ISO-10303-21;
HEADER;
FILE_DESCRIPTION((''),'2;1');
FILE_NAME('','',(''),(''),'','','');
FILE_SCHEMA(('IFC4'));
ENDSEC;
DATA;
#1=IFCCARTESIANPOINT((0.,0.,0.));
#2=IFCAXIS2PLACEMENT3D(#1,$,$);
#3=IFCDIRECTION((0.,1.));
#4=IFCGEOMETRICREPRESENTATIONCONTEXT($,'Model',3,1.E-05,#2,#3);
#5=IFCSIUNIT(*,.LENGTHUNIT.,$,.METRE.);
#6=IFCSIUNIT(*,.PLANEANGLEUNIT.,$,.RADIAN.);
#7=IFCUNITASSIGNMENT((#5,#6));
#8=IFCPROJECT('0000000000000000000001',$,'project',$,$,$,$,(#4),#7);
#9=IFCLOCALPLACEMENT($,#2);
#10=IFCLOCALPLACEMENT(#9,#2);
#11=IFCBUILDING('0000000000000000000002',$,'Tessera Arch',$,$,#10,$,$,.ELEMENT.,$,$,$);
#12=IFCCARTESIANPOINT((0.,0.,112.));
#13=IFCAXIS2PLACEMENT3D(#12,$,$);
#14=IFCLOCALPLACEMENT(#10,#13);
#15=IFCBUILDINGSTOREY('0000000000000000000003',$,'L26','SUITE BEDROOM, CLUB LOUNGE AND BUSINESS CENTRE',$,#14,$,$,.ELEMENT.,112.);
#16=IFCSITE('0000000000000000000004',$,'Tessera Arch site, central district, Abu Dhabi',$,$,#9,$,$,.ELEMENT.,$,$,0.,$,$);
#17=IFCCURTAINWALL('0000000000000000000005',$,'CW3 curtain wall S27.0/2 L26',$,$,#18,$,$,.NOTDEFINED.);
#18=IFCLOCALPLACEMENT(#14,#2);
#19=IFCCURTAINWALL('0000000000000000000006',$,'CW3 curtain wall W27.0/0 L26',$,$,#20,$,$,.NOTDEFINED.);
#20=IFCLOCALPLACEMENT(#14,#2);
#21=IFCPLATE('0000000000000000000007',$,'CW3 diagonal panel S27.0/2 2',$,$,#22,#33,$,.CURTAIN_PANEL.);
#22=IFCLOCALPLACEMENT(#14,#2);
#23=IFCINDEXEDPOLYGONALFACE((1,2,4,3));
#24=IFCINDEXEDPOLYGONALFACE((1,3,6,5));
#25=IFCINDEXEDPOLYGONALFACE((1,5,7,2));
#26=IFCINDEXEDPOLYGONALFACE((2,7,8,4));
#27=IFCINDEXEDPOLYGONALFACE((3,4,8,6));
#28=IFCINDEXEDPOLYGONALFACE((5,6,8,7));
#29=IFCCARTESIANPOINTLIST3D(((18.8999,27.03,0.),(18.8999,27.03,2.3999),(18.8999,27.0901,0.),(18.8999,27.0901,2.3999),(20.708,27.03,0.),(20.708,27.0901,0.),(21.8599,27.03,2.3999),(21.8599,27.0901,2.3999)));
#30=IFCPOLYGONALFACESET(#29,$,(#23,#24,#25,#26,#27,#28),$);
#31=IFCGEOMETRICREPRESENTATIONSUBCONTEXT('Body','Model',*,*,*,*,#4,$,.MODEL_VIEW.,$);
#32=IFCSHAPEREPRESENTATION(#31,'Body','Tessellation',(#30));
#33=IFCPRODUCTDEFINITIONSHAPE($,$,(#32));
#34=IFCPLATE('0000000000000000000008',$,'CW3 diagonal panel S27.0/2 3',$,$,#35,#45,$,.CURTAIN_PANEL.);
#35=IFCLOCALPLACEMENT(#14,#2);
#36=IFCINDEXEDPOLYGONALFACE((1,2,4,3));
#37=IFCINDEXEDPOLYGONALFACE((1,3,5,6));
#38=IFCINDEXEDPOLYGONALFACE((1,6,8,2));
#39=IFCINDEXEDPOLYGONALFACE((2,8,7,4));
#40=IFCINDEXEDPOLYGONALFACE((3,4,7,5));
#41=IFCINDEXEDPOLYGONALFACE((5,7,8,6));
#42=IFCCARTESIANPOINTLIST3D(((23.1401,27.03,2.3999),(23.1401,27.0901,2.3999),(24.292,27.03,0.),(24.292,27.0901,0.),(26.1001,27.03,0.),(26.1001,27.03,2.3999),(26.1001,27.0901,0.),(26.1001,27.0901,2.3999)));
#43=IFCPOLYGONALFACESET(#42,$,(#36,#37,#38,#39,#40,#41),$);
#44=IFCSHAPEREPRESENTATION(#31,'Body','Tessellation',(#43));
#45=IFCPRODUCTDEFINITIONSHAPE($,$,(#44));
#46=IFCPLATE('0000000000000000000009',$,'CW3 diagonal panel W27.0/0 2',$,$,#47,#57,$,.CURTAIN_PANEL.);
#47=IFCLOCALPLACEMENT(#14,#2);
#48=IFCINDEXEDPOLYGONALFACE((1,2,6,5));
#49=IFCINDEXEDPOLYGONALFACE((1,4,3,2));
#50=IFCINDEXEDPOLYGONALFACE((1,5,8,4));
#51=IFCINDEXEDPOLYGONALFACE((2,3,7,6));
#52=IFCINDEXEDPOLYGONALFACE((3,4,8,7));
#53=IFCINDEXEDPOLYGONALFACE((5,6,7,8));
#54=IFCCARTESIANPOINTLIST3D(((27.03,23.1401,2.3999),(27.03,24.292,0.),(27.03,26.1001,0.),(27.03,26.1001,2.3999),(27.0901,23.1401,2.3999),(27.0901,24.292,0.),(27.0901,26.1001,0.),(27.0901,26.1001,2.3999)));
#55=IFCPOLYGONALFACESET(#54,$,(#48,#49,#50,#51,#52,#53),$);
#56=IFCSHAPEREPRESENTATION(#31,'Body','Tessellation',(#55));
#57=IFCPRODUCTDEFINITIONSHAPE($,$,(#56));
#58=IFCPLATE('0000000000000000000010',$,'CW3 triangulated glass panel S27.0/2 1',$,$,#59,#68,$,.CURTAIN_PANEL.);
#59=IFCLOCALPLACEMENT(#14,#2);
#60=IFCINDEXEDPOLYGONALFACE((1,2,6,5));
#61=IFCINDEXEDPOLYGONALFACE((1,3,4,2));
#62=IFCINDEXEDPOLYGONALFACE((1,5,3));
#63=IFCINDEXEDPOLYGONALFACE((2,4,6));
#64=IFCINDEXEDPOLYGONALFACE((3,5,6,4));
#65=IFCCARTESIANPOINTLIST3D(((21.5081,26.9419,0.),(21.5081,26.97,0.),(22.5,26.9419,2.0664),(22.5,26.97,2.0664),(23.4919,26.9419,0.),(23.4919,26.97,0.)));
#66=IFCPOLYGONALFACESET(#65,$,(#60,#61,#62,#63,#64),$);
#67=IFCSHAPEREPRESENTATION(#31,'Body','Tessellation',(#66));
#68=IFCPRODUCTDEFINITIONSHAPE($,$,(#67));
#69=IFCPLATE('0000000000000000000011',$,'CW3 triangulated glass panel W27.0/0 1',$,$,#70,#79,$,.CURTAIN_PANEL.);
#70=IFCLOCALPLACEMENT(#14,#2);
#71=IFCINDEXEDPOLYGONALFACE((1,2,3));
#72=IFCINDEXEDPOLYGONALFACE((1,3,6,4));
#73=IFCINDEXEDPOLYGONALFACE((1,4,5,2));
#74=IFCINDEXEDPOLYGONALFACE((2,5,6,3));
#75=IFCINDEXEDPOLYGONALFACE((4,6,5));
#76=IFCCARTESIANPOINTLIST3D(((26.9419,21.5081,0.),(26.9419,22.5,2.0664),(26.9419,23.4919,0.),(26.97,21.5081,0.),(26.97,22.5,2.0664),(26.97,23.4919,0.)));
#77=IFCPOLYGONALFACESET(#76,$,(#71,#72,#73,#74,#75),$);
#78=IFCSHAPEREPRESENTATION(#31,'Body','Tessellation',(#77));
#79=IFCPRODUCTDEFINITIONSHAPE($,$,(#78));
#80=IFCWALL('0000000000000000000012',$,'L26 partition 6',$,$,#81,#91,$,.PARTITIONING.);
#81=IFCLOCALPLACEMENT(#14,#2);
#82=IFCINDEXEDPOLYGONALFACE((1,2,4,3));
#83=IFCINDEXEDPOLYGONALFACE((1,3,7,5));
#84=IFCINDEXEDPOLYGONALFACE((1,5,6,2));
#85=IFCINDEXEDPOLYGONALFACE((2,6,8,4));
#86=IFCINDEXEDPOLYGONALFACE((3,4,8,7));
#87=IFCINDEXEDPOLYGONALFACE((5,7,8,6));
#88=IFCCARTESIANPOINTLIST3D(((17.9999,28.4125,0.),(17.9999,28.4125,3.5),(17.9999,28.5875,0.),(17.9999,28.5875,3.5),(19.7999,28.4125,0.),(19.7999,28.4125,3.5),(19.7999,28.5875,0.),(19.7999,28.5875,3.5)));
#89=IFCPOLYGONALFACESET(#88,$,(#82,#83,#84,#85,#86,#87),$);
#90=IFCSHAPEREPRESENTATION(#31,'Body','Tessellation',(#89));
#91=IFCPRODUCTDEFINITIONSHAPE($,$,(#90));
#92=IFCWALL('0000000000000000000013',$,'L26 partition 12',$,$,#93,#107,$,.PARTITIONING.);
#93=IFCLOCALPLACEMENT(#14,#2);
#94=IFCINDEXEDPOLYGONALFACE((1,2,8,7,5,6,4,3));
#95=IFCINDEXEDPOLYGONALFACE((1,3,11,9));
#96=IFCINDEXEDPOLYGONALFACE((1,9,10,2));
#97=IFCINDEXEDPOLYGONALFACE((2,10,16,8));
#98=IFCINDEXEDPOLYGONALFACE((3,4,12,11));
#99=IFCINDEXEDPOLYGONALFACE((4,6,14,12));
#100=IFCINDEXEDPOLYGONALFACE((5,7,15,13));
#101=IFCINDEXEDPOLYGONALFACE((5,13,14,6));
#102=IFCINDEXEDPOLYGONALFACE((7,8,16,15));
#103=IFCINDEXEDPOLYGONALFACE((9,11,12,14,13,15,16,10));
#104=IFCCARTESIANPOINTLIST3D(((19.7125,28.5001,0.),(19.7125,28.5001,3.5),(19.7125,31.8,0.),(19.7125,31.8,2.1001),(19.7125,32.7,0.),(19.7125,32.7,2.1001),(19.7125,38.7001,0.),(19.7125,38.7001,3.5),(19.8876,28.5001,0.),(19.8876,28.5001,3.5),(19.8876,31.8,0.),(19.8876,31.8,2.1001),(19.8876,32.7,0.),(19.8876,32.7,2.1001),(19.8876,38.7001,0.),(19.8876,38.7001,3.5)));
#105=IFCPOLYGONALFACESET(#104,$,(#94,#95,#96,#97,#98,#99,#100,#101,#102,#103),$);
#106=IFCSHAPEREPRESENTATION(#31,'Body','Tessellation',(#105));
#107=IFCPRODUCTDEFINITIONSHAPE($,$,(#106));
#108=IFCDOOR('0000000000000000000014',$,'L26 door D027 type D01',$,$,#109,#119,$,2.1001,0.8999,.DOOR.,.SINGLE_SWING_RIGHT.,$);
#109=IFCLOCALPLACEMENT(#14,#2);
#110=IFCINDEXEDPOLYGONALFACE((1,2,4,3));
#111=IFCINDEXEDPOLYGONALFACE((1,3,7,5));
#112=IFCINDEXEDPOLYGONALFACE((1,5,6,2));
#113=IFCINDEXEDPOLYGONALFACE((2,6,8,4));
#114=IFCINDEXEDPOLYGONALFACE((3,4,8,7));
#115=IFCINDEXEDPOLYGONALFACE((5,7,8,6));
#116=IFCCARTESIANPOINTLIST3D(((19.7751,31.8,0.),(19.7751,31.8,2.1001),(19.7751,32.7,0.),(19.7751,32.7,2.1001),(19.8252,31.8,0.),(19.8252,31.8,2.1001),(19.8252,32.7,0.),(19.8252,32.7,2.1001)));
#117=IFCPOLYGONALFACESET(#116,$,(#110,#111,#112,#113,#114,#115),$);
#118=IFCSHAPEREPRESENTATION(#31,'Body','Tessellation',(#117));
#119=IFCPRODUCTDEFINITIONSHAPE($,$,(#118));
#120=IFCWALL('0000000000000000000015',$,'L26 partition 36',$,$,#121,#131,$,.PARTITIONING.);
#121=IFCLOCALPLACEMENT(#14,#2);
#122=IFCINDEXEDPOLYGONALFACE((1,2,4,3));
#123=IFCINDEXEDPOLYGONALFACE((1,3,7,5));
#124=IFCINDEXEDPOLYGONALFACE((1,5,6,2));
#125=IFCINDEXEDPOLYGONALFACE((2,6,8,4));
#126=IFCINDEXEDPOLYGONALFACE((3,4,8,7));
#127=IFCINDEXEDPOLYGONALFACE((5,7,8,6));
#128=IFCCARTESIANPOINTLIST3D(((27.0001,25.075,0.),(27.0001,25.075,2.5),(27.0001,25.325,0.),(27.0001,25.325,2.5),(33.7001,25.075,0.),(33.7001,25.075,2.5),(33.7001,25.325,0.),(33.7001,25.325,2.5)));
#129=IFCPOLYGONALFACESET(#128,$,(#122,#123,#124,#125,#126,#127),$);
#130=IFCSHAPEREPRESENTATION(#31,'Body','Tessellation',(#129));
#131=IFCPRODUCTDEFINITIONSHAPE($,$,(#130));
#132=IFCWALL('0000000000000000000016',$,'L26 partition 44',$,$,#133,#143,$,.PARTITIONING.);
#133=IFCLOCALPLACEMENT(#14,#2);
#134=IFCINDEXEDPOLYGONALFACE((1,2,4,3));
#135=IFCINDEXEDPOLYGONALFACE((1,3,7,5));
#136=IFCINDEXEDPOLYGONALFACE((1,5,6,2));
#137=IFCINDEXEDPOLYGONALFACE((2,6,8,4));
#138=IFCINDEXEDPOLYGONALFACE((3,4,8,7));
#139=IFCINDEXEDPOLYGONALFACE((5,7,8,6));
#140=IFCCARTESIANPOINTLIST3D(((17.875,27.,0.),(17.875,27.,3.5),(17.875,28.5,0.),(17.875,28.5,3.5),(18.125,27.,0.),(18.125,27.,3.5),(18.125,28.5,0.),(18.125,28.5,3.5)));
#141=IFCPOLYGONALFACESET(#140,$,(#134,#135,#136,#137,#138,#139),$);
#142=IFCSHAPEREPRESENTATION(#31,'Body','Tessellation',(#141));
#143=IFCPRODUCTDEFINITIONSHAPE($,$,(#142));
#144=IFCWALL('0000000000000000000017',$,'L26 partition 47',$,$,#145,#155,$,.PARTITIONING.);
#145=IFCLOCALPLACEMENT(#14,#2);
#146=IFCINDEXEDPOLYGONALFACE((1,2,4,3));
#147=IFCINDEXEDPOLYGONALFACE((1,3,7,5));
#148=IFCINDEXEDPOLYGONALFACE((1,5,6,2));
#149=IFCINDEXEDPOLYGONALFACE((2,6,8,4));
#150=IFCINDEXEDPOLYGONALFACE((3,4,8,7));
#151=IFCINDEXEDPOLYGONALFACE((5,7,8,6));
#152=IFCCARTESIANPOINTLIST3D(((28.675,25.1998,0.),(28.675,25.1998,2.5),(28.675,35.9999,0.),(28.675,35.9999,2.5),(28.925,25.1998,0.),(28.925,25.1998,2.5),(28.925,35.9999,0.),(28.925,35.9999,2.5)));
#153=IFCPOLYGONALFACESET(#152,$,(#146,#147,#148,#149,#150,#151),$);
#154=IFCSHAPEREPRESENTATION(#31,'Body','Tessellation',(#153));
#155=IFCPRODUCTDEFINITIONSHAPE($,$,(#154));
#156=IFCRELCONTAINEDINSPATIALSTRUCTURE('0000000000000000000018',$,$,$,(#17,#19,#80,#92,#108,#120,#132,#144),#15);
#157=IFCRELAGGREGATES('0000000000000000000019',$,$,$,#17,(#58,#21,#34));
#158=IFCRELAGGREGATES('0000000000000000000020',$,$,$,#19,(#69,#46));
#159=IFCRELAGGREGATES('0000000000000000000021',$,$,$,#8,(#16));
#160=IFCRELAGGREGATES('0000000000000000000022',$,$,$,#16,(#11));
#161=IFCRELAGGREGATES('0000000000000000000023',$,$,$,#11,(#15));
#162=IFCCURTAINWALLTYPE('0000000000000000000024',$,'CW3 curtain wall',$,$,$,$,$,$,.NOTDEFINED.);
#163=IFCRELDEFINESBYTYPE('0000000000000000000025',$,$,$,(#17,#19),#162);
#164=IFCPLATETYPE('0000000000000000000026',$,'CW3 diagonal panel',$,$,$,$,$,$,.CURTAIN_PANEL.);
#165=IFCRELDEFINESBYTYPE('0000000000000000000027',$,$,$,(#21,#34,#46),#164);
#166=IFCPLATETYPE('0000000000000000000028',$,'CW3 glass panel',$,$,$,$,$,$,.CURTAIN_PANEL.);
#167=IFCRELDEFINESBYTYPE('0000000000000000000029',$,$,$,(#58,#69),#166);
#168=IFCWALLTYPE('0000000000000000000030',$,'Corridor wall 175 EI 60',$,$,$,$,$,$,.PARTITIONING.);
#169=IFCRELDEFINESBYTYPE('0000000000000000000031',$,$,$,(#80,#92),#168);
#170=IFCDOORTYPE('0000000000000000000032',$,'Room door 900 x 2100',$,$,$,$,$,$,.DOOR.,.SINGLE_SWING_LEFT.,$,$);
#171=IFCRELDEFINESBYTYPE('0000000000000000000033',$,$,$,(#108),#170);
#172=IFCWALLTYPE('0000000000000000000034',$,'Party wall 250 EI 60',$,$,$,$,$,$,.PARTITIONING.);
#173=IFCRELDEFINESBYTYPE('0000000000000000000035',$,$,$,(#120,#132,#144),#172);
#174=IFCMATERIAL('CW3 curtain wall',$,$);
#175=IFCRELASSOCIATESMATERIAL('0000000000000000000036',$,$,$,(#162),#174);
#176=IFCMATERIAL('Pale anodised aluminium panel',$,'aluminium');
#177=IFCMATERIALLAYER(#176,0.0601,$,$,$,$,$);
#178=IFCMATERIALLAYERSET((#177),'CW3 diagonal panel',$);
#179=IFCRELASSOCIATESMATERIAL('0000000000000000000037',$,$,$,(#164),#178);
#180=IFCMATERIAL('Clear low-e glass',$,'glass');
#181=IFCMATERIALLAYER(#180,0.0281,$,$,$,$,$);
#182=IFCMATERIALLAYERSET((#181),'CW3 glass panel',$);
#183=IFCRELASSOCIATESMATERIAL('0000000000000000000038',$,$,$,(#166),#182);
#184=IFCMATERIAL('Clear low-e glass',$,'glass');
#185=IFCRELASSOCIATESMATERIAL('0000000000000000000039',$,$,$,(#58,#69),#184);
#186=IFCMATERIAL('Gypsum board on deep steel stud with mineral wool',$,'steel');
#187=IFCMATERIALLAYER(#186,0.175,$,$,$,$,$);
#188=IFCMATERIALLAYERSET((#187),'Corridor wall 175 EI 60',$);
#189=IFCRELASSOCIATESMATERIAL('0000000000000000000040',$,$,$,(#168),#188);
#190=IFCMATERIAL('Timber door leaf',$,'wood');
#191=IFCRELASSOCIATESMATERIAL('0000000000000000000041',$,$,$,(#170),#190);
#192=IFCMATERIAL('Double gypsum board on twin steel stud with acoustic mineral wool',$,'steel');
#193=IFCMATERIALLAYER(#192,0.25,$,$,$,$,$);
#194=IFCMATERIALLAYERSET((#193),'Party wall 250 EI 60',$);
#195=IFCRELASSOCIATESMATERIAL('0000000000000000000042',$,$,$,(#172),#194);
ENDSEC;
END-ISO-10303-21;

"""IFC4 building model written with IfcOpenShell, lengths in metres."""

from ifc_helpers import new_model, si_unit, direction, frame, frame_2d, origin, place, context, subcontext, project, spatial, polyline, rectangle, outline, extrude, material, layer, layer_set, type_object, element, fill, aggregate, save


model = new_model("IFC4")

# Units and contexts
model_context = context("Model", 3, precision=1e-05, world=origin(), true_north=direction((0.0, 1.0)))
body_context = subcontext(model_context, "Body", "Model", "MODEL_VIEW")
ifc_project = project(units=[si_unit("LENGTHUNIT", "METRE"), si_unit("PLANEANGLEUNIT", "RADIAN")], contexts=[model_context])

# Site, building, storey
site_placement = place(None, origin())
site = spatial("IfcSite", under=ifc_project, at=site_placement, Name="Tessera Arch site, central district, Abu Dhabi", CompositionType="ELEMENT", RefElevation=0.0)
building_placement = place(site_placement, origin())
building = spatial("IfcBuilding", under=site, at=building_placement, Name="Tessera Arch", CompositionType="ELEMENT")
storey_placement = place(building_placement, frame((0.0, 0.0, 112.0)))
storey = spatial("IfcBuildingStorey", under=building, at=storey_placement, Name="L26", Description="SUITE BEDROOM, CLUB LOUNGE AND BUSINESS CENTRE", CompositionType="ELEMENT", Elevation=112.0)

# Curtain walls
ifc_material_1 = material(Name="CW3 curtain wall")
curtain_wall_type_1 = type_object("IfcCurtainWallType", Name="CW3 curtain wall", PredefinedType="NOTDEFINED", material=ifc_material_1)
curtain_wall_1_placement = place(storey_placement, origin())
curtain_wall_1 = element("IfcCurtainWall", 1, at=curtain_wall_1_placement, inside=storey, type_object=curtain_wall_type_1, Name="CW3 curtain wall S27.0/2 L26", PredefinedType="NOTDEFINED")
curtain_wall_2_placement = place(storey_placement, origin())
curtain_wall_2 = element("IfcCurtainWall", 2, at=curtain_wall_2_placement, inside=storey, type_object=curtain_wall_type_1, Name="CW3 curtain wall W27.0/0 L26", PredefinedType="NOTDEFINED")

# Plates
ifc_material_2 = material(Name="Clear low-e glass", Category="glass")
ifc_material_3 = material(Name="Pale anodised aluminium panel", Category="aluminium")
ifc_layer_1 = layer(ifc_material_3, 0.0601)
ifc_layer_set_1 = layer_set([ifc_layer_1], Name="CW3 diagonal panel")
plate_type_1 = type_object("IfcPlateType", Name="CW3 diagonal panel", PredefinedType="CURTAIN_PANEL", material=ifc_layer_set_1)
plate_1_placement = place(storey_placement, frame((18.8999, 27.03, 0.0), z_axis=(0.0, -1.0, 0.0), x_axis=(1.0, 0.0, 0.0)))
plate_1 = element("IfcPlate", 3, at=plate_1_placement, type_object=plate_type_1, Name="CW3 diagonal panel S27.0/2 2", PredefinedType="CURTAIN_PANEL", context=body_context, shape_type="SweptSolid", body=[
    extrude(outline(polyline([(0.0, 0.0), (1.8081, 0.0), (2.96, 2.3999), (0.0, 2.3999), (0.0, 0.0)])), origin(), (0.0, 0.0, -1.0), 0.0601),
])
plate_2_placement = place(storey_placement, frame((26.1001, 27.03, 2.3999), z_axis=(0.0, -1.0, 0.0), x_axis=(-1.0, 0.0, 0.0)))
plate_2 = element("IfcPlate", 4, at=plate_2_placement, type_object=plate_type_1, Name="CW3 diagonal panel S27.0/2 3", PredefinedType="CURTAIN_PANEL", context=body_context, shape_type="SweptSolid", body=[
    extrude(outline(polyline([(0.0, 0.0), (2.96, 0.0), (1.8081, 2.3999), (0.0, 2.3999), (0.0, 0.0)])), origin(), (0.0, 0.0, -1.0), 0.0601),
])
plate_3_placement = place(storey_placement, frame((27.03, 26.1001, 0.0), z_axis=(-1.0, 0.0, 0.0), x_axis=(0.0, -1.0, 0.0)))
plate_3 = element("IfcPlate", 5, at=plate_3_placement, type_object=plate_type_1, Name="CW3 diagonal panel W27.0/0 2", PredefinedType="CURTAIN_PANEL", context=body_context, shape_type="SweptSolid", body=[
    extrude(outline(polyline([(0.0, 0.0), (1.8081, 0.0), (2.96, 2.3999), (0.0, 2.3999), (0.0, 0.0)])), origin(), (0.0, 0.0, -1.0), 0.0601),
])
ifc_material_4 = material(Name="Clear low-e glass", Category="glass")
ifc_layer_2 = layer(ifc_material_4, 0.0281)
ifc_layer_set_2 = layer_set([ifc_layer_2], Name="CW3 glass panel")
plate_type_2 = type_object("IfcPlateType", Name="CW3 glass panel", PredefinedType="CURTAIN_PANEL", material=ifc_layer_set_2)
plate_4_placement = place(storey_placement, frame((21.5081, 26.9419, 0.0), z_axis=(0.0, -1.0, 0.0), x_axis=(1.0, 0.0, 0.0)))
plate_4 = element("IfcPlate", 6, at=plate_4_placement, type_object=plate_type_2, material=ifc_material_2, Name="CW3 triangulated glass panel S27.0/2 1", PredefinedType="CURTAIN_PANEL", context=body_context, shape_type="SweptSolid", body=[
    extrude(outline(polyline([(0.0, 0.0), (1.9839, 0.0), (0.9919, 2.0664), (0.0, 0.0)])), origin(), (0.0, 0.0, -1.0), 0.0281),
])
aggregate(curtain_wall_1, [plate_4, plate_1, plate_2])
plate_5_placement = place(storey_placement, frame((26.9419, 23.4919, 0.0), z_axis=(-1.0, 0.0, 0.0), x_axis=(0.0, -1.0, 0.0)))
plate_5 = element("IfcPlate", 7, at=plate_5_placement, type_object=plate_type_2, material=ifc_material_2, Name="CW3 triangulated glass panel W27.0/0 1", PredefinedType="CURTAIN_PANEL", context=body_context, shape_type="SweptSolid", body=[
    extrude(outline(polyline([(0.0, 0.0), (1.9839, 0.0), (0.9919, 2.0664), (0.0, 0.0)])), origin(), (0.0, 0.0, -1.0), 0.0281),
])
aggregate(curtain_wall_2, [plate_5, plate_3])

# Wall
ifc_material_5 = material(Name="Gypsum board on deep steel stud with mineral wool", Category="steel")
ifc_layer_3 = layer(ifc_material_5, 0.175)
ifc_layer_set_3 = layer_set([ifc_layer_3], Name="Corridor wall 175 EI 60")
wall_type_1 = type_object("IfcWallType", Name="Corridor wall 175 EI 60", PredefinedType="PARTITIONING", material=ifc_layer_set_3)
wall_1_placement = place(storey_placement, frame((18.0, 28.5, 0.0), z_axis=(0.0, 0.0, 1.0), x_axis=(1.0, 0.0, 0.0)))
element("IfcWall", 8, at=wall_1_placement, inside=storey, type_object=wall_type_1, Name="L26 partition 6", PredefinedType="PARTITIONING", context=body_context, shape_type="SweptSolid", body=[
    extrude(rectangle(XDim=1.8, YDim=0.175, at=frame_2d((0.8999, 0.0))), origin(), (0.0, 0.0, 1.0), 3.5),
])

# Wall, opening, door
wall_2_placement = place(storey_placement, frame((19.8, 28.5, 0.0), z_axis=(0.0, 0.0, 1.0), x_axis=(0.0, 1.0, 0.0)))
wall_2 = element("IfcWall", 9, at=wall_2_placement, inside=storey, type_object=wall_type_1, Name="L26 partition 12", PredefinedType="PARTITIONING", context=body_context, shape_type="SweptSolid", body=[
    extrude(rectangle(XDim=10.2, YDim=0.175, at=frame_2d((5.1001, 0.0))), origin(), (0.0, 0.0, 1.0), 3.5),
])
opening_placement = place(wall_2_placement, frame((3.3, 0.0, 0.0)))
opening = element("IfcOpeningElement", 10, at=opening_placement, cuts=wall_2, PredefinedType="OPENING", context=body_context, shape_type="SweptSolid", body=[
    extrude(rectangle(XDim=0.8999, YDim=2.1001, at=frame_2d((0.45, 1.05))), frame((0.0, 0.0974, 0.0), z_axis=(0.0, -1.0, 0.0), x_axis=(1.0, 0.0, 0.0)), (0.0, 0.0, 1.0), 0.1951),
])
ifc_material_6 = material(Name="Timber door leaf", Category="wood")
door_type = type_object("IfcDoorType", Name="Room door 900 x 2100", OperationType="SINGLE_SWING_LEFT", PredefinedType="DOOR", material=ifc_material_6)
door_placement = place(opening_placement, origin())
door = element("IfcDoor", 11, at=door_placement, inside=storey, type_object=door_type, Name="L26 door D027 type D01", OperationType="SINGLE_SWING_RIGHT", OverallHeight=2.1001, OverallWidth=0.8999, PredefinedType="DOOR", context=body_context, shape_type="SweptSolid", body=[
    extrude(rectangle(XDim=0.8999, YDim=2.1001, at=frame_2d((0.45, 1.05))), frame((0.0, 0.0249, 0.0), z_axis=(0.0, -1.0, 0.0), x_axis=(1.0, 0.0, 0.0)), (0.0, 0.0, 1.0), 0.05),
])
fill(opening, door)

# Walls
ifc_material_7 = material(Name="Double gypsum board on twin steel stud with acoustic mineral wool", Category="steel")
ifc_layer_4 = layer(ifc_material_7, 0.25)
ifc_layer_set_4 = layer_set([ifc_layer_4], Name="Party wall 250 EI 60")
wall_type_2 = type_object("IfcWallType", Name="Party wall 250 EI 60", PredefinedType="PARTITIONING", material=ifc_layer_set_4)
wall_3_placement = place(storey_placement, frame((27.0, 25.2, 0.0), z_axis=(0.0, 0.0, 1.0), x_axis=(1.0, 0.0, 0.0)))
element("IfcWall", 12, at=wall_3_placement, inside=storey, type_object=wall_type_2, Name="L26 partition 36", PredefinedType="PARTITIONING", context=body_context, shape_type="SweptSolid", body=[
    extrude(rectangle(XDim=6.7, YDim=0.25, at=frame_2d((3.3501, 0.0))), origin(), (0.0, 0.0, 1.0), 2.5),
])
wall_4_placement = place(storey_placement, frame((18.0, 27.0, 0.0), z_axis=(0.0, 0.0, 1.0), x_axis=(0.0, 1.0, 0.0)))
element("IfcWall", 13, at=wall_4_placement, inside=storey, type_object=wall_type_2, Name="L26 partition 44", PredefinedType="PARTITIONING", context=body_context, shape_type="SweptSolid", body=[
    extrude(rectangle(XDim=1.5, YDim=0.25, at=frame_2d((0.75, 0.0))), origin(), (0.0, 0.0, 1.0), 3.5),
])
wall_5_placement = place(storey_placement, frame((28.8, 25.2, 0.0), z_axis=(0.0, 0.0, 1.0), x_axis=(0.0, 1.0, 0.0)))
element("IfcWall", 14, at=wall_5_placement, inside=storey, type_object=wall_type_2, Name="L26 partition 47", PredefinedType="PARTITIONING", context=body_context, shape_type="SweptSolid", body=[
    extrude(rectangle(XDim=10.8, YDim=0.25, at=frame_2d((5.3999, 0.0))), origin(), (0.0, 0.0, 1.0), 2.5),
])

save(model, "model.ifc")
